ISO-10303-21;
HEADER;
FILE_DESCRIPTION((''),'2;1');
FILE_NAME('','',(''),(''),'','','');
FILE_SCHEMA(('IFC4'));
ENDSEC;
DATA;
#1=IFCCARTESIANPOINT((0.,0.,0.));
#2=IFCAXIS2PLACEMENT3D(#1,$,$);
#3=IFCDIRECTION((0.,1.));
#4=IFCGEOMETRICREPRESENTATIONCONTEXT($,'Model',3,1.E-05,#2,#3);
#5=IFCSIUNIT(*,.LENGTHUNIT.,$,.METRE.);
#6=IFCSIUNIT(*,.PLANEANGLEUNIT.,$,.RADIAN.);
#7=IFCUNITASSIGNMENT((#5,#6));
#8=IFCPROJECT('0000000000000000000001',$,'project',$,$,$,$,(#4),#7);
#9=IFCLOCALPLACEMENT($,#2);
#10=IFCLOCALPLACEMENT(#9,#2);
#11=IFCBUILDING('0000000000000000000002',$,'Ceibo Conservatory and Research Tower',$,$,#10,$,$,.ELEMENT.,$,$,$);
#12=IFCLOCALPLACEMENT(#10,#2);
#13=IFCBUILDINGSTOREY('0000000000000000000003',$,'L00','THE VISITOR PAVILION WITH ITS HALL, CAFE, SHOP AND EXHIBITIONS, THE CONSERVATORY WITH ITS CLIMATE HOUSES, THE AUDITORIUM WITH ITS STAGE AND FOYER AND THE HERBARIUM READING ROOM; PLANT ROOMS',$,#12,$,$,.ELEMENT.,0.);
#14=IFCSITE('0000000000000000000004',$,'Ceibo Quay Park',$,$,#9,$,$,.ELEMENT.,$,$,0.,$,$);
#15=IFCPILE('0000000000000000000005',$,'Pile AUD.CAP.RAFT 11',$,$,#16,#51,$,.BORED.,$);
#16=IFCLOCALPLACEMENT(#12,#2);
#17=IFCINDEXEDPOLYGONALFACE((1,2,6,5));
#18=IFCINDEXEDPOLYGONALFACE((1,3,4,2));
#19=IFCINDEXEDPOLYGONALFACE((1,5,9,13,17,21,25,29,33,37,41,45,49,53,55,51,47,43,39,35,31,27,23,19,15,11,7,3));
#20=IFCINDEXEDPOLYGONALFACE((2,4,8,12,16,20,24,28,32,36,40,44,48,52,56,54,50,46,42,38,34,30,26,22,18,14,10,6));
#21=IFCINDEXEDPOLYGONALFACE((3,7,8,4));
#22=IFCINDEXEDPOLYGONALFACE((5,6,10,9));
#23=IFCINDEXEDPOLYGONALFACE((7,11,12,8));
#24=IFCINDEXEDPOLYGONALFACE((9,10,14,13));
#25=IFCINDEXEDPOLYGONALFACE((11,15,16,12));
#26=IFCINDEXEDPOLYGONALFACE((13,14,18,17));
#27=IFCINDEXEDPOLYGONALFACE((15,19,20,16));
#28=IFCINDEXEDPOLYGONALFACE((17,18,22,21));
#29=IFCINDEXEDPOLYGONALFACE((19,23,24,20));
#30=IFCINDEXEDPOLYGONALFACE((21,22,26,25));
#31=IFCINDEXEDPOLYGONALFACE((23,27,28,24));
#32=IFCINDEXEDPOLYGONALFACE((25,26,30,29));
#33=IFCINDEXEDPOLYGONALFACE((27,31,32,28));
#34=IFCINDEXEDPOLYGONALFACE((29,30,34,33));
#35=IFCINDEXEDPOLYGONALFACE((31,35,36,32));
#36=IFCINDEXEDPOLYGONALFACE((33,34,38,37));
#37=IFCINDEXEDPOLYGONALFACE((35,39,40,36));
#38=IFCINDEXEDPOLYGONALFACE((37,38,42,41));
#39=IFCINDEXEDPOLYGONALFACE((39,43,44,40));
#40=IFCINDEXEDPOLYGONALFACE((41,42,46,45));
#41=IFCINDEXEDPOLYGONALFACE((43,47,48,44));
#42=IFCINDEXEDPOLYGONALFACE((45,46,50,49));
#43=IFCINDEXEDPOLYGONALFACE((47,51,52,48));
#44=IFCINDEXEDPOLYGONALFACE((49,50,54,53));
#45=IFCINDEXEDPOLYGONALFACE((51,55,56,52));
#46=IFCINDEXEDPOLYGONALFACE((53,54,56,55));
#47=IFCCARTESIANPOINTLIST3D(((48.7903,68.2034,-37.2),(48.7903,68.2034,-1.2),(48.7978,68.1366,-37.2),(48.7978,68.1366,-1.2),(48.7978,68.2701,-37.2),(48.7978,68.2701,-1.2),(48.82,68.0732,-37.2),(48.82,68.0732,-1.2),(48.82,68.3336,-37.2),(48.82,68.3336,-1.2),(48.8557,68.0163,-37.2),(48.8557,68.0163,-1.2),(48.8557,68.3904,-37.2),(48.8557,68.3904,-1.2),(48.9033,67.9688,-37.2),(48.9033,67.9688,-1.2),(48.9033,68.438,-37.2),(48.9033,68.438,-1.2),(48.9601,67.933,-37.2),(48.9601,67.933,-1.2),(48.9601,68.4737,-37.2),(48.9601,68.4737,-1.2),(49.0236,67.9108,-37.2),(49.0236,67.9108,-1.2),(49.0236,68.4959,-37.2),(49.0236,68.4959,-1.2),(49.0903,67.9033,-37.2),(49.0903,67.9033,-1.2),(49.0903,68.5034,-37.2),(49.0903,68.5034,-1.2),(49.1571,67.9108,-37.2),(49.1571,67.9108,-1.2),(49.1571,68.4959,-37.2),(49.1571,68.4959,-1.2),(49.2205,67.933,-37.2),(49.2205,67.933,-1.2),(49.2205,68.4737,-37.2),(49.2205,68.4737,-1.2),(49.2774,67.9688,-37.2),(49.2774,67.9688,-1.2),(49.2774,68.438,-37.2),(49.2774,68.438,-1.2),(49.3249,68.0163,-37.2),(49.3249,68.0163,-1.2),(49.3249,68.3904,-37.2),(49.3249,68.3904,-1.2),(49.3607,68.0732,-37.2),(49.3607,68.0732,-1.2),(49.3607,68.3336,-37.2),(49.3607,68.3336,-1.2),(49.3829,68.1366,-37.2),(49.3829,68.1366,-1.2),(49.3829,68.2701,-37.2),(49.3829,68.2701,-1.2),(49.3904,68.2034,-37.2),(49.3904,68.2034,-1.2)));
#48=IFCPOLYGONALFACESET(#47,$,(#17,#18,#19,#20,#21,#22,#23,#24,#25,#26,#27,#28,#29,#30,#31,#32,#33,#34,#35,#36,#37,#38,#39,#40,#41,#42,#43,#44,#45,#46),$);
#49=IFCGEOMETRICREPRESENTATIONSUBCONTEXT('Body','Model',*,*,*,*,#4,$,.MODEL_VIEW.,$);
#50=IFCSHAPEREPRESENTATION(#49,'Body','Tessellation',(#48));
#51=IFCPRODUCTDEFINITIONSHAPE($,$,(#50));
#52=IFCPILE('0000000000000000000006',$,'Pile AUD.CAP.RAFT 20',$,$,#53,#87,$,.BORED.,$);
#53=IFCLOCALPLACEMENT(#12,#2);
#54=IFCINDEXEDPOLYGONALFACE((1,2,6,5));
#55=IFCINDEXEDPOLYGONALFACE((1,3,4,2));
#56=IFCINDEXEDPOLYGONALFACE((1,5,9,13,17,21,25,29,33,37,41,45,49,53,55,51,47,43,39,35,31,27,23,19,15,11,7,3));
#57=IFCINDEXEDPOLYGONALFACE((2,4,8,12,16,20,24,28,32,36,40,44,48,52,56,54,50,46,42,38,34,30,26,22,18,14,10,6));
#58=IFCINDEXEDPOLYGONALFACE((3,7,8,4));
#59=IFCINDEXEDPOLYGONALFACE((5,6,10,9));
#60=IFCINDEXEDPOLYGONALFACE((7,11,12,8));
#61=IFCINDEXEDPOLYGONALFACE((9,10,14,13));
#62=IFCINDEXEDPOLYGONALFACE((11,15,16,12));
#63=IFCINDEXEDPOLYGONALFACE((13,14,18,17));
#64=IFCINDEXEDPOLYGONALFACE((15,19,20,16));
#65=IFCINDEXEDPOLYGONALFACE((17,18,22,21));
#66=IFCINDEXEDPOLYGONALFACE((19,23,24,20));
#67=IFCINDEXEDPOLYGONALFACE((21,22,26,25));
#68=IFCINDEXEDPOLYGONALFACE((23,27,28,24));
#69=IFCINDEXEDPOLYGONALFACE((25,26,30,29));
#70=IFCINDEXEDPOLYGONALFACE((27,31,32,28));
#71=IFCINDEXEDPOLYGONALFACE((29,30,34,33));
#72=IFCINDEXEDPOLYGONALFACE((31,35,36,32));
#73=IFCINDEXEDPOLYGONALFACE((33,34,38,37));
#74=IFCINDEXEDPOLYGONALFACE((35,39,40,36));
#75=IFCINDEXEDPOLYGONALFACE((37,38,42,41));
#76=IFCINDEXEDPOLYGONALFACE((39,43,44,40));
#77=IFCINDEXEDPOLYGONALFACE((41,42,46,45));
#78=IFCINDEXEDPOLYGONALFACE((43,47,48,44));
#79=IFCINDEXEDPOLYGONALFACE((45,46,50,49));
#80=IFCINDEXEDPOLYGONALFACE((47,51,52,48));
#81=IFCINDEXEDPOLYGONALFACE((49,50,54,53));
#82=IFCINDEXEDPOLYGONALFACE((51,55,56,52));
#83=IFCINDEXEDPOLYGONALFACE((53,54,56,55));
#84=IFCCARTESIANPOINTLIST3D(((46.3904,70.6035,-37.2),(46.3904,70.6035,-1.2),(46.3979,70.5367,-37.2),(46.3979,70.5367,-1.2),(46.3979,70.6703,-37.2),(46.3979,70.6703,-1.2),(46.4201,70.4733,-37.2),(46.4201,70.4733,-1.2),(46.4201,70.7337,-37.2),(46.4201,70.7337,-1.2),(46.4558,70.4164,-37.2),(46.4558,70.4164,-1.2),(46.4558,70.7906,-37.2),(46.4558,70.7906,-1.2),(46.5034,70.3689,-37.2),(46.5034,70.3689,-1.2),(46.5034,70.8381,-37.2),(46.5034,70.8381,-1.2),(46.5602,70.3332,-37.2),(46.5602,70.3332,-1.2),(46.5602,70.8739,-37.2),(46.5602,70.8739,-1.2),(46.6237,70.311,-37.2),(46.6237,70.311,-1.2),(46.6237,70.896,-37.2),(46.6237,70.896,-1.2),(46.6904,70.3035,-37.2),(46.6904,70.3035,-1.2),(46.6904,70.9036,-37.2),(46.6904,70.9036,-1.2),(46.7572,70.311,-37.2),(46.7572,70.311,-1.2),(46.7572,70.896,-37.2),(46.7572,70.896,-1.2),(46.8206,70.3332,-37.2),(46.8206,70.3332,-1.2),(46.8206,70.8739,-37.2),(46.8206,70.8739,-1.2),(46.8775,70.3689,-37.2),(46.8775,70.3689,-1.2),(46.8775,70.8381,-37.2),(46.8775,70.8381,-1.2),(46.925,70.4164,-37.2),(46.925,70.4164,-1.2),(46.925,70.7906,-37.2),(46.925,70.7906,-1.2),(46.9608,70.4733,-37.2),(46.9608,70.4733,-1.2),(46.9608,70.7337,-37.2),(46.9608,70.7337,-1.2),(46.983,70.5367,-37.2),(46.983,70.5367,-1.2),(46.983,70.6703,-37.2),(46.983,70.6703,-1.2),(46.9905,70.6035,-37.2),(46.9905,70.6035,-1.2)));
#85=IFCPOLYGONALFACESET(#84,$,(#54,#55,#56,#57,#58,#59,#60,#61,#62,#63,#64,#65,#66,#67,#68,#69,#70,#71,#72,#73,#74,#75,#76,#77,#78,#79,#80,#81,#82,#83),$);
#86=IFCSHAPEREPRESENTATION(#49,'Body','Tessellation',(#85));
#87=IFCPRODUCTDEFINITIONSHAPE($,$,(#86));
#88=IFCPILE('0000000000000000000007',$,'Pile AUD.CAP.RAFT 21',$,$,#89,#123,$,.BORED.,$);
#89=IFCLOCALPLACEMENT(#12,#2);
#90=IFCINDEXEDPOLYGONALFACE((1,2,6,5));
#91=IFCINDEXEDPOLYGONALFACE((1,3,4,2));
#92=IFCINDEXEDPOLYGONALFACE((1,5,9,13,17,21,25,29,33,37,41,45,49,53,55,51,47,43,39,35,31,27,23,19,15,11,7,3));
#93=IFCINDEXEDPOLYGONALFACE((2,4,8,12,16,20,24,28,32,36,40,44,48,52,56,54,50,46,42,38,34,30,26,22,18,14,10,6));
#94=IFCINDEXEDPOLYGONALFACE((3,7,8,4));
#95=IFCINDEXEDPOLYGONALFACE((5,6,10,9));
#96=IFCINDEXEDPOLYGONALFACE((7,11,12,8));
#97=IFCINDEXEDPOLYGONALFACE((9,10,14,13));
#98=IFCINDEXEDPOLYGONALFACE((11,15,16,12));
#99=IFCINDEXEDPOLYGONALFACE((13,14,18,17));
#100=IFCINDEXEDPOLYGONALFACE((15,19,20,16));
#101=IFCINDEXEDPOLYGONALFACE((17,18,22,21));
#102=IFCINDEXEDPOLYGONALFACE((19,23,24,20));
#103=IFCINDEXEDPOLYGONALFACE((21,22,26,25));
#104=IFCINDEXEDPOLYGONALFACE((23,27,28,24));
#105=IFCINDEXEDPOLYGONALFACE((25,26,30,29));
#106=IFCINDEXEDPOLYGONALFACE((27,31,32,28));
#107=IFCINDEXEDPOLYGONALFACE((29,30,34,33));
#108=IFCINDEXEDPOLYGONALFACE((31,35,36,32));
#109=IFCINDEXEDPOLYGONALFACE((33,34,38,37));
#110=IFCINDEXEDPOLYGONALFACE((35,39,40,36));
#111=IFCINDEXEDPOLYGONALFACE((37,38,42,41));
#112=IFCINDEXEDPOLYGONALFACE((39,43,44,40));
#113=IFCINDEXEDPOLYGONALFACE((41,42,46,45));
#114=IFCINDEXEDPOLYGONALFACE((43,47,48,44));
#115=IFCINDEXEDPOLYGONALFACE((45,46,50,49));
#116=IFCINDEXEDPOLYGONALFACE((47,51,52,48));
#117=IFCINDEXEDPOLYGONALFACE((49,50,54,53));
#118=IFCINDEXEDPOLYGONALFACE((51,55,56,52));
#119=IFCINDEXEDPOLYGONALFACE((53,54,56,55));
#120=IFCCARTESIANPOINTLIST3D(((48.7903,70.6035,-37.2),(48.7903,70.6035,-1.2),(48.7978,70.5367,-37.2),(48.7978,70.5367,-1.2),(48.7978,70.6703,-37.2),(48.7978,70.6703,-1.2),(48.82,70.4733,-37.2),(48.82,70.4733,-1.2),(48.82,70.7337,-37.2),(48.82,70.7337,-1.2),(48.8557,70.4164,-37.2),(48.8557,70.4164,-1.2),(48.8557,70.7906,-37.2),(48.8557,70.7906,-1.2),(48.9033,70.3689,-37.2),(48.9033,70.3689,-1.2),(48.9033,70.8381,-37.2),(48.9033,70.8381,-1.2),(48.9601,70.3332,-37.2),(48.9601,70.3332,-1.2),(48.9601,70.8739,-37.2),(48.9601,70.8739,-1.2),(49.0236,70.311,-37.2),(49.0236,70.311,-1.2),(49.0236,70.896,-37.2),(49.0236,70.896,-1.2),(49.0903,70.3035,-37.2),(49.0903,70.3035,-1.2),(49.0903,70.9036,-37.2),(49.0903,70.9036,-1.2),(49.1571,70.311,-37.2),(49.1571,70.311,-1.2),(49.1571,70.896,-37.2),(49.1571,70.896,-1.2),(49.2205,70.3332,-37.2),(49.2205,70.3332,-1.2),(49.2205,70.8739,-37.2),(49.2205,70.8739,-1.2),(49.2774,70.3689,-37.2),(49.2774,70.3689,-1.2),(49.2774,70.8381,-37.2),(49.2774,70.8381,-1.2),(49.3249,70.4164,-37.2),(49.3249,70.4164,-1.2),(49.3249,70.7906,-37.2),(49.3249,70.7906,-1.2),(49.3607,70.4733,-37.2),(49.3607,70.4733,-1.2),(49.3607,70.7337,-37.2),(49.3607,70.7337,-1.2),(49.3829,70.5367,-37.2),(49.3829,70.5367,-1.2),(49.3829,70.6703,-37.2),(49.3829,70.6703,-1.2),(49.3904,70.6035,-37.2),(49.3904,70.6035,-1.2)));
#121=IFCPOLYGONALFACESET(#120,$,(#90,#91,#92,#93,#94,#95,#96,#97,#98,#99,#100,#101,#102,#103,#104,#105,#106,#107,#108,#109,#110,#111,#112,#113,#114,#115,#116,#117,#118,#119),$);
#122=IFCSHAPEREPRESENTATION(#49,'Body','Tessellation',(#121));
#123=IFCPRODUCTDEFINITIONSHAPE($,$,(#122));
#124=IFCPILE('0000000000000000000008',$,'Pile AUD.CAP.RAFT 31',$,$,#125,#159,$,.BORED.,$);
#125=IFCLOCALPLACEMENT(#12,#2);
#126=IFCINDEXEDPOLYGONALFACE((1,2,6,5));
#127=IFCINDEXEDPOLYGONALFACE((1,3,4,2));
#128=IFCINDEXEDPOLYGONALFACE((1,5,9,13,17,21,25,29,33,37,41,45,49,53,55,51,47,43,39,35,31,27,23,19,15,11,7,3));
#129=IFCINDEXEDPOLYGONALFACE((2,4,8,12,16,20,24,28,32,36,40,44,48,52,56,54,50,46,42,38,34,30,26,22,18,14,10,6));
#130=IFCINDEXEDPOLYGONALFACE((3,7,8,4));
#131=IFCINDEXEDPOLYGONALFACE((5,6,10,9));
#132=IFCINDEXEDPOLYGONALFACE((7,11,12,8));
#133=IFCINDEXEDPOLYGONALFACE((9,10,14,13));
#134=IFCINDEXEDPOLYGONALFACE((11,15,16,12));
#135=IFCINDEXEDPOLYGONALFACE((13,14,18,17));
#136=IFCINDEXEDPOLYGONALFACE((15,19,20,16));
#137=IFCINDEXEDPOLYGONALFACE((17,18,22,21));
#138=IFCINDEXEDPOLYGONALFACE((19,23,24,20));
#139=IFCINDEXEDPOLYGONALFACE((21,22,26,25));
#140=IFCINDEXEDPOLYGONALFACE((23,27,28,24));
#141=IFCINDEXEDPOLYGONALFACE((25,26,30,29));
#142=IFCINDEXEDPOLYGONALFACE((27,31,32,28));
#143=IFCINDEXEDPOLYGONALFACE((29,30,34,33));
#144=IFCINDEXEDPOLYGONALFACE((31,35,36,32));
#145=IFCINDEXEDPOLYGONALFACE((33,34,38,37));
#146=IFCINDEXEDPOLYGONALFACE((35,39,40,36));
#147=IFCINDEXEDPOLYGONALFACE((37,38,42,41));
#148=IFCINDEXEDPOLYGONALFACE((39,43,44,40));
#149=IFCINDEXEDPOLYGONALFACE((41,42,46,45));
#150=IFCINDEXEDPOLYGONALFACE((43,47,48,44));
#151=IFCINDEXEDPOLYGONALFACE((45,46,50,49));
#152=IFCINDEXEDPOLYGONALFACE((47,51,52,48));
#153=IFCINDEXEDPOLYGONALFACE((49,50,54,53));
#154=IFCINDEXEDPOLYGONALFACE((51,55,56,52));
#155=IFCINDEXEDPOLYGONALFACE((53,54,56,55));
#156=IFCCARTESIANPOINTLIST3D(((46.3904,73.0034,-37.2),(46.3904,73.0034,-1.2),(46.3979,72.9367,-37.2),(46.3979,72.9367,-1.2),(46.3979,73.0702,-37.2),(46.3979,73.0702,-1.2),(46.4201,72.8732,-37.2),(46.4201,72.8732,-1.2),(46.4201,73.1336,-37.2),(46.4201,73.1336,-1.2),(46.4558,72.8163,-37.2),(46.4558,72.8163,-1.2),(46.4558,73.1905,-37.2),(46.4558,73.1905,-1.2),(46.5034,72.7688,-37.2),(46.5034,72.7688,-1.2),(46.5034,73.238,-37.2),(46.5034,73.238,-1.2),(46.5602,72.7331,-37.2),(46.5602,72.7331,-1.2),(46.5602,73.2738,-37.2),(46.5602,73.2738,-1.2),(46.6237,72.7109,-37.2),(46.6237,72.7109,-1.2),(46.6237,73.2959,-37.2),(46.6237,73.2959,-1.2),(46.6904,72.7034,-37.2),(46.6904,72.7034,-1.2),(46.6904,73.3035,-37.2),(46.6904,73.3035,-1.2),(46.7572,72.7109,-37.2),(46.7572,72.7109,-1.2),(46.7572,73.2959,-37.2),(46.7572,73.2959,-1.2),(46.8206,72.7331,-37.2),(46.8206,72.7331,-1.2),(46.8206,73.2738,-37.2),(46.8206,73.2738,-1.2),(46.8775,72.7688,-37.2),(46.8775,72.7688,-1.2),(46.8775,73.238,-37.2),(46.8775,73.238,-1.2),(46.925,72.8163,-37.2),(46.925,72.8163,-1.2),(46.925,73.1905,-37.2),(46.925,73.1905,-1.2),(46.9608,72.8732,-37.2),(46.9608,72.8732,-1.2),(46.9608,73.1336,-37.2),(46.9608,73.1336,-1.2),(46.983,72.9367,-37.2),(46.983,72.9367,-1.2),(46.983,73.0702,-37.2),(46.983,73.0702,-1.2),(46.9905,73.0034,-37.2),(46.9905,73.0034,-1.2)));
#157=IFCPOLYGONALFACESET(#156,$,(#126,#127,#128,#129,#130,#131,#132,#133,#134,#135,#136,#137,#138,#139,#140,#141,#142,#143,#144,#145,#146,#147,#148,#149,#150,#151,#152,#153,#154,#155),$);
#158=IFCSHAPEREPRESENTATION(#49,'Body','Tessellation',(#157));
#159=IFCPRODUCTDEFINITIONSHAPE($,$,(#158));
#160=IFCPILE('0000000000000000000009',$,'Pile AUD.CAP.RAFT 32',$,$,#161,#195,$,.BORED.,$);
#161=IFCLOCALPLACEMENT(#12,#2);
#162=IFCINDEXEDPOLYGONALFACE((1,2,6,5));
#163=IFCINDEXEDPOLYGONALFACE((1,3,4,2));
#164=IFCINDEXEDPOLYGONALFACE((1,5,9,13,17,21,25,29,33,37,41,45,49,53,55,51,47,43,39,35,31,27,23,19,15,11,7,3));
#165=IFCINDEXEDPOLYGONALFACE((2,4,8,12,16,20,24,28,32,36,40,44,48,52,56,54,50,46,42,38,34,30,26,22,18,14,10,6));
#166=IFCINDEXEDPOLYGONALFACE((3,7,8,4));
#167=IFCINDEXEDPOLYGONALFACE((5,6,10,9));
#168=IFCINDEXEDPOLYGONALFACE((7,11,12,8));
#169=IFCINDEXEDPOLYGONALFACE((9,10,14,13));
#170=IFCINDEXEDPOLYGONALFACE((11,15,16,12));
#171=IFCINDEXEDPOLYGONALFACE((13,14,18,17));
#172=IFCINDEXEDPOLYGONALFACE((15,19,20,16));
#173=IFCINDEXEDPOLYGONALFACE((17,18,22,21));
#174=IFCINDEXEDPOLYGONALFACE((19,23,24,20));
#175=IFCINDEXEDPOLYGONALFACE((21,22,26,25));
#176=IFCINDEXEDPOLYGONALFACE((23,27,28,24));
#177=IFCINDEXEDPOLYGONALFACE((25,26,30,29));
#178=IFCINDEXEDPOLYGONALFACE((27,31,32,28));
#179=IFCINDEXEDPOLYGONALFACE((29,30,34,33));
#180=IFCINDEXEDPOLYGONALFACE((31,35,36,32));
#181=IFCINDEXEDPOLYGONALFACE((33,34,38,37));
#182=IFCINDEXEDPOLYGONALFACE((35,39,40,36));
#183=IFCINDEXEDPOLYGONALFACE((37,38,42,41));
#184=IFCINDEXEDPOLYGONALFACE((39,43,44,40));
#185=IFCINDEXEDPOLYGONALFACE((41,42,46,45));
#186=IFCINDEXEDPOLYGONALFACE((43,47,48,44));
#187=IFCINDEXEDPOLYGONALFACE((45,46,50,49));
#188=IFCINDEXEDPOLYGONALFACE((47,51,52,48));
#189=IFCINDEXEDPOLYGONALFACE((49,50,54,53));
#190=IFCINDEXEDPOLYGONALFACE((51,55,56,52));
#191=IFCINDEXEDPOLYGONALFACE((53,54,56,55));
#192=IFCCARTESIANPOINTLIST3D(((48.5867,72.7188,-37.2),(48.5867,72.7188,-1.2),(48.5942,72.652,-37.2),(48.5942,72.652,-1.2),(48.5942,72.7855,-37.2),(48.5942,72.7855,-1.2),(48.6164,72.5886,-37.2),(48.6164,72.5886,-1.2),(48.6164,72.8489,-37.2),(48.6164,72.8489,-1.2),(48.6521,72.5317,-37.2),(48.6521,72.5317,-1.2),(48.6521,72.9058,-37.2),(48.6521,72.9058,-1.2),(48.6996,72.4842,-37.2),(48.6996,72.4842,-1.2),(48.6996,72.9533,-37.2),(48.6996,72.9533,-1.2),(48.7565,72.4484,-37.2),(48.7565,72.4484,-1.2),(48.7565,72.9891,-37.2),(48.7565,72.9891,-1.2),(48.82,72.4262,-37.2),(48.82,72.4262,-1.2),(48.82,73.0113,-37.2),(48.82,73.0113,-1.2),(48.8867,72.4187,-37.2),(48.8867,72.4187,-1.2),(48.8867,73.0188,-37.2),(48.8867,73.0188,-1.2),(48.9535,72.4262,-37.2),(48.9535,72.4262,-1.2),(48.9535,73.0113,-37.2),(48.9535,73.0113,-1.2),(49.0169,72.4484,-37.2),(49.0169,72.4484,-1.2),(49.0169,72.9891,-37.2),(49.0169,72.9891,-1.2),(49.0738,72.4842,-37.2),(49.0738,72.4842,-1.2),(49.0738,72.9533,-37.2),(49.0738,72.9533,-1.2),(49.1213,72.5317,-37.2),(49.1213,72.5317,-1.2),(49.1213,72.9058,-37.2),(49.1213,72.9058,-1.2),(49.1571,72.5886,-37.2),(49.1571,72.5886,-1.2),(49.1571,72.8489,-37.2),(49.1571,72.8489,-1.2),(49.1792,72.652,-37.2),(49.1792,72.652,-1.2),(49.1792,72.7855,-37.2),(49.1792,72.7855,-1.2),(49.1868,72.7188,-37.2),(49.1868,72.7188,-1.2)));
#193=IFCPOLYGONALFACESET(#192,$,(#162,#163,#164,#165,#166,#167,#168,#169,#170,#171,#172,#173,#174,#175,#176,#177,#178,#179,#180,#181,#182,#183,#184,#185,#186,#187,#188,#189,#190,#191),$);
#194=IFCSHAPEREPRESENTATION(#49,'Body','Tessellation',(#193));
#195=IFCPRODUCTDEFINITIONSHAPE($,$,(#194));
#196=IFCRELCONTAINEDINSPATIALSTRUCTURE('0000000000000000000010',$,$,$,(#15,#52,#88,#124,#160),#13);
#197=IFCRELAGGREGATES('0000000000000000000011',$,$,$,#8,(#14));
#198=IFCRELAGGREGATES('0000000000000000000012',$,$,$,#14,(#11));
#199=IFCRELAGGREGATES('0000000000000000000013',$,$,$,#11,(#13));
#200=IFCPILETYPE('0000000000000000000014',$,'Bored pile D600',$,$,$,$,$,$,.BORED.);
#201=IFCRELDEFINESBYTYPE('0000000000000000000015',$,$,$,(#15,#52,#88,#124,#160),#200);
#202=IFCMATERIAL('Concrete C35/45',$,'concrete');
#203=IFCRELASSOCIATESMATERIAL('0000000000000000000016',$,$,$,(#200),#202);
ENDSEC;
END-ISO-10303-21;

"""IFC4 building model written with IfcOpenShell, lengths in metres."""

from ifc_helpers import new_model, si_unit, direction, frame, origin, origin_2d, place, context, subcontext, project, spatial, circle, extrude, material, material_profile, profile_set, type_object, element, save


model = new_model("IFC4")

# Units and contexts
model_context = context("Model", 3, precision=1e-05, world=origin(), true_north=direction((0.0, 1.0)))
body_context = subcontext(model_context, "Body", "Model", "MODEL_VIEW")
ifc_project = project(units=[si_unit("LENGTHUNIT", "METRE"), si_unit("PLANEANGLEUNIT", "RADIAN")], contexts=[model_context])

# Site, building, storey
site_placement = place(None, origin())
site = spatial("IfcSite", under=ifc_project, at=site_placement, Name="Ceibo Quay Park", CompositionType="ELEMENT", RefElevation=0.0)
building_placement = place(site_placement, origin())
building = spatial("IfcBuilding", under=site, at=building_placement, Name="Ceibo Conservatory and Research Tower", CompositionType="ELEMENT")
storey_placement = place(building_placement, origin())
storey = spatial("IfcBuildingStorey", under=building, at=storey_placement, Name="L00", Description="THE VISITOR PAVILION WITH ITS HALL, CAFE, SHOP AND EXHIBITIONS, THE CONSERVATORY WITH ITS CLIMATE HOUSES, THE AUDITORIUM WITH ITS STAGE AND FOYER AND THE HERBARIUM READING ROOM; PLANT ROOMS", CompositionType="ELEMENT", Elevation=0.0)

# Piles
ifc_material_1 = material(Name="Concrete C35/45", Category="concrete")
ifc_material_profile_1 = material_profile(ifc_material_1, circle(Radius=0.3, at=origin_2d()), Name="RC D600")
ifc_profile_set_1 = profile_set([ifc_material_profile_1], Name="Concrete C35/45")
pile_type = type_object("IfcPileType", Name="Bored pile D600", PredefinedType="BORED", material=ifc_profile_set_1)
for number, where, z_axis, x_axis, name in (
    (1, (49.0903, 68.2034, -1.2), (0.0, 0.0, -1.0), (1.0, 0.0, 0.0), "Pile AUD.CAP.RAFT 11"),
    (2, (46.6904, 70.6035, -1.2), (0.0, 0.0, -1.0), (1.0, 0.0, 0.0), "Pile AUD.CAP.RAFT 20"),
    (3, (49.0903, 70.6035, -1.2), (0.0, 0.0, -1.0), (1.0, 0.0, 0.0), "Pile AUD.CAP.RAFT 21"),
    (4, (46.6904, 73.0034, -1.2), (0.0, 0.0, -1.0), (1.0, 0.0, 0.0), "Pile AUD.CAP.RAFT 31"),
    (5, (48.8867, 72.7188, -1.2), (0.0, 0.0, -1.0), (1.0, 0.0, 0.0), "Pile AUD.CAP.RAFT 32"),
):
    element("IfcPile", number, at=place(storey_placement, frame(where, z_axis=z_axis, x_axis=x_axis)), inside=storey, type_object=pile_type, Name=name, PredefinedType="BORED", context=body_context, shape_type="SweptSolid", body=[
        extrude(circle(Radius=0.3, at=origin_2d()), origin(), (0.0, 0.0, 1.0), 36.0),
    ])

save(model, "model.ifc")
